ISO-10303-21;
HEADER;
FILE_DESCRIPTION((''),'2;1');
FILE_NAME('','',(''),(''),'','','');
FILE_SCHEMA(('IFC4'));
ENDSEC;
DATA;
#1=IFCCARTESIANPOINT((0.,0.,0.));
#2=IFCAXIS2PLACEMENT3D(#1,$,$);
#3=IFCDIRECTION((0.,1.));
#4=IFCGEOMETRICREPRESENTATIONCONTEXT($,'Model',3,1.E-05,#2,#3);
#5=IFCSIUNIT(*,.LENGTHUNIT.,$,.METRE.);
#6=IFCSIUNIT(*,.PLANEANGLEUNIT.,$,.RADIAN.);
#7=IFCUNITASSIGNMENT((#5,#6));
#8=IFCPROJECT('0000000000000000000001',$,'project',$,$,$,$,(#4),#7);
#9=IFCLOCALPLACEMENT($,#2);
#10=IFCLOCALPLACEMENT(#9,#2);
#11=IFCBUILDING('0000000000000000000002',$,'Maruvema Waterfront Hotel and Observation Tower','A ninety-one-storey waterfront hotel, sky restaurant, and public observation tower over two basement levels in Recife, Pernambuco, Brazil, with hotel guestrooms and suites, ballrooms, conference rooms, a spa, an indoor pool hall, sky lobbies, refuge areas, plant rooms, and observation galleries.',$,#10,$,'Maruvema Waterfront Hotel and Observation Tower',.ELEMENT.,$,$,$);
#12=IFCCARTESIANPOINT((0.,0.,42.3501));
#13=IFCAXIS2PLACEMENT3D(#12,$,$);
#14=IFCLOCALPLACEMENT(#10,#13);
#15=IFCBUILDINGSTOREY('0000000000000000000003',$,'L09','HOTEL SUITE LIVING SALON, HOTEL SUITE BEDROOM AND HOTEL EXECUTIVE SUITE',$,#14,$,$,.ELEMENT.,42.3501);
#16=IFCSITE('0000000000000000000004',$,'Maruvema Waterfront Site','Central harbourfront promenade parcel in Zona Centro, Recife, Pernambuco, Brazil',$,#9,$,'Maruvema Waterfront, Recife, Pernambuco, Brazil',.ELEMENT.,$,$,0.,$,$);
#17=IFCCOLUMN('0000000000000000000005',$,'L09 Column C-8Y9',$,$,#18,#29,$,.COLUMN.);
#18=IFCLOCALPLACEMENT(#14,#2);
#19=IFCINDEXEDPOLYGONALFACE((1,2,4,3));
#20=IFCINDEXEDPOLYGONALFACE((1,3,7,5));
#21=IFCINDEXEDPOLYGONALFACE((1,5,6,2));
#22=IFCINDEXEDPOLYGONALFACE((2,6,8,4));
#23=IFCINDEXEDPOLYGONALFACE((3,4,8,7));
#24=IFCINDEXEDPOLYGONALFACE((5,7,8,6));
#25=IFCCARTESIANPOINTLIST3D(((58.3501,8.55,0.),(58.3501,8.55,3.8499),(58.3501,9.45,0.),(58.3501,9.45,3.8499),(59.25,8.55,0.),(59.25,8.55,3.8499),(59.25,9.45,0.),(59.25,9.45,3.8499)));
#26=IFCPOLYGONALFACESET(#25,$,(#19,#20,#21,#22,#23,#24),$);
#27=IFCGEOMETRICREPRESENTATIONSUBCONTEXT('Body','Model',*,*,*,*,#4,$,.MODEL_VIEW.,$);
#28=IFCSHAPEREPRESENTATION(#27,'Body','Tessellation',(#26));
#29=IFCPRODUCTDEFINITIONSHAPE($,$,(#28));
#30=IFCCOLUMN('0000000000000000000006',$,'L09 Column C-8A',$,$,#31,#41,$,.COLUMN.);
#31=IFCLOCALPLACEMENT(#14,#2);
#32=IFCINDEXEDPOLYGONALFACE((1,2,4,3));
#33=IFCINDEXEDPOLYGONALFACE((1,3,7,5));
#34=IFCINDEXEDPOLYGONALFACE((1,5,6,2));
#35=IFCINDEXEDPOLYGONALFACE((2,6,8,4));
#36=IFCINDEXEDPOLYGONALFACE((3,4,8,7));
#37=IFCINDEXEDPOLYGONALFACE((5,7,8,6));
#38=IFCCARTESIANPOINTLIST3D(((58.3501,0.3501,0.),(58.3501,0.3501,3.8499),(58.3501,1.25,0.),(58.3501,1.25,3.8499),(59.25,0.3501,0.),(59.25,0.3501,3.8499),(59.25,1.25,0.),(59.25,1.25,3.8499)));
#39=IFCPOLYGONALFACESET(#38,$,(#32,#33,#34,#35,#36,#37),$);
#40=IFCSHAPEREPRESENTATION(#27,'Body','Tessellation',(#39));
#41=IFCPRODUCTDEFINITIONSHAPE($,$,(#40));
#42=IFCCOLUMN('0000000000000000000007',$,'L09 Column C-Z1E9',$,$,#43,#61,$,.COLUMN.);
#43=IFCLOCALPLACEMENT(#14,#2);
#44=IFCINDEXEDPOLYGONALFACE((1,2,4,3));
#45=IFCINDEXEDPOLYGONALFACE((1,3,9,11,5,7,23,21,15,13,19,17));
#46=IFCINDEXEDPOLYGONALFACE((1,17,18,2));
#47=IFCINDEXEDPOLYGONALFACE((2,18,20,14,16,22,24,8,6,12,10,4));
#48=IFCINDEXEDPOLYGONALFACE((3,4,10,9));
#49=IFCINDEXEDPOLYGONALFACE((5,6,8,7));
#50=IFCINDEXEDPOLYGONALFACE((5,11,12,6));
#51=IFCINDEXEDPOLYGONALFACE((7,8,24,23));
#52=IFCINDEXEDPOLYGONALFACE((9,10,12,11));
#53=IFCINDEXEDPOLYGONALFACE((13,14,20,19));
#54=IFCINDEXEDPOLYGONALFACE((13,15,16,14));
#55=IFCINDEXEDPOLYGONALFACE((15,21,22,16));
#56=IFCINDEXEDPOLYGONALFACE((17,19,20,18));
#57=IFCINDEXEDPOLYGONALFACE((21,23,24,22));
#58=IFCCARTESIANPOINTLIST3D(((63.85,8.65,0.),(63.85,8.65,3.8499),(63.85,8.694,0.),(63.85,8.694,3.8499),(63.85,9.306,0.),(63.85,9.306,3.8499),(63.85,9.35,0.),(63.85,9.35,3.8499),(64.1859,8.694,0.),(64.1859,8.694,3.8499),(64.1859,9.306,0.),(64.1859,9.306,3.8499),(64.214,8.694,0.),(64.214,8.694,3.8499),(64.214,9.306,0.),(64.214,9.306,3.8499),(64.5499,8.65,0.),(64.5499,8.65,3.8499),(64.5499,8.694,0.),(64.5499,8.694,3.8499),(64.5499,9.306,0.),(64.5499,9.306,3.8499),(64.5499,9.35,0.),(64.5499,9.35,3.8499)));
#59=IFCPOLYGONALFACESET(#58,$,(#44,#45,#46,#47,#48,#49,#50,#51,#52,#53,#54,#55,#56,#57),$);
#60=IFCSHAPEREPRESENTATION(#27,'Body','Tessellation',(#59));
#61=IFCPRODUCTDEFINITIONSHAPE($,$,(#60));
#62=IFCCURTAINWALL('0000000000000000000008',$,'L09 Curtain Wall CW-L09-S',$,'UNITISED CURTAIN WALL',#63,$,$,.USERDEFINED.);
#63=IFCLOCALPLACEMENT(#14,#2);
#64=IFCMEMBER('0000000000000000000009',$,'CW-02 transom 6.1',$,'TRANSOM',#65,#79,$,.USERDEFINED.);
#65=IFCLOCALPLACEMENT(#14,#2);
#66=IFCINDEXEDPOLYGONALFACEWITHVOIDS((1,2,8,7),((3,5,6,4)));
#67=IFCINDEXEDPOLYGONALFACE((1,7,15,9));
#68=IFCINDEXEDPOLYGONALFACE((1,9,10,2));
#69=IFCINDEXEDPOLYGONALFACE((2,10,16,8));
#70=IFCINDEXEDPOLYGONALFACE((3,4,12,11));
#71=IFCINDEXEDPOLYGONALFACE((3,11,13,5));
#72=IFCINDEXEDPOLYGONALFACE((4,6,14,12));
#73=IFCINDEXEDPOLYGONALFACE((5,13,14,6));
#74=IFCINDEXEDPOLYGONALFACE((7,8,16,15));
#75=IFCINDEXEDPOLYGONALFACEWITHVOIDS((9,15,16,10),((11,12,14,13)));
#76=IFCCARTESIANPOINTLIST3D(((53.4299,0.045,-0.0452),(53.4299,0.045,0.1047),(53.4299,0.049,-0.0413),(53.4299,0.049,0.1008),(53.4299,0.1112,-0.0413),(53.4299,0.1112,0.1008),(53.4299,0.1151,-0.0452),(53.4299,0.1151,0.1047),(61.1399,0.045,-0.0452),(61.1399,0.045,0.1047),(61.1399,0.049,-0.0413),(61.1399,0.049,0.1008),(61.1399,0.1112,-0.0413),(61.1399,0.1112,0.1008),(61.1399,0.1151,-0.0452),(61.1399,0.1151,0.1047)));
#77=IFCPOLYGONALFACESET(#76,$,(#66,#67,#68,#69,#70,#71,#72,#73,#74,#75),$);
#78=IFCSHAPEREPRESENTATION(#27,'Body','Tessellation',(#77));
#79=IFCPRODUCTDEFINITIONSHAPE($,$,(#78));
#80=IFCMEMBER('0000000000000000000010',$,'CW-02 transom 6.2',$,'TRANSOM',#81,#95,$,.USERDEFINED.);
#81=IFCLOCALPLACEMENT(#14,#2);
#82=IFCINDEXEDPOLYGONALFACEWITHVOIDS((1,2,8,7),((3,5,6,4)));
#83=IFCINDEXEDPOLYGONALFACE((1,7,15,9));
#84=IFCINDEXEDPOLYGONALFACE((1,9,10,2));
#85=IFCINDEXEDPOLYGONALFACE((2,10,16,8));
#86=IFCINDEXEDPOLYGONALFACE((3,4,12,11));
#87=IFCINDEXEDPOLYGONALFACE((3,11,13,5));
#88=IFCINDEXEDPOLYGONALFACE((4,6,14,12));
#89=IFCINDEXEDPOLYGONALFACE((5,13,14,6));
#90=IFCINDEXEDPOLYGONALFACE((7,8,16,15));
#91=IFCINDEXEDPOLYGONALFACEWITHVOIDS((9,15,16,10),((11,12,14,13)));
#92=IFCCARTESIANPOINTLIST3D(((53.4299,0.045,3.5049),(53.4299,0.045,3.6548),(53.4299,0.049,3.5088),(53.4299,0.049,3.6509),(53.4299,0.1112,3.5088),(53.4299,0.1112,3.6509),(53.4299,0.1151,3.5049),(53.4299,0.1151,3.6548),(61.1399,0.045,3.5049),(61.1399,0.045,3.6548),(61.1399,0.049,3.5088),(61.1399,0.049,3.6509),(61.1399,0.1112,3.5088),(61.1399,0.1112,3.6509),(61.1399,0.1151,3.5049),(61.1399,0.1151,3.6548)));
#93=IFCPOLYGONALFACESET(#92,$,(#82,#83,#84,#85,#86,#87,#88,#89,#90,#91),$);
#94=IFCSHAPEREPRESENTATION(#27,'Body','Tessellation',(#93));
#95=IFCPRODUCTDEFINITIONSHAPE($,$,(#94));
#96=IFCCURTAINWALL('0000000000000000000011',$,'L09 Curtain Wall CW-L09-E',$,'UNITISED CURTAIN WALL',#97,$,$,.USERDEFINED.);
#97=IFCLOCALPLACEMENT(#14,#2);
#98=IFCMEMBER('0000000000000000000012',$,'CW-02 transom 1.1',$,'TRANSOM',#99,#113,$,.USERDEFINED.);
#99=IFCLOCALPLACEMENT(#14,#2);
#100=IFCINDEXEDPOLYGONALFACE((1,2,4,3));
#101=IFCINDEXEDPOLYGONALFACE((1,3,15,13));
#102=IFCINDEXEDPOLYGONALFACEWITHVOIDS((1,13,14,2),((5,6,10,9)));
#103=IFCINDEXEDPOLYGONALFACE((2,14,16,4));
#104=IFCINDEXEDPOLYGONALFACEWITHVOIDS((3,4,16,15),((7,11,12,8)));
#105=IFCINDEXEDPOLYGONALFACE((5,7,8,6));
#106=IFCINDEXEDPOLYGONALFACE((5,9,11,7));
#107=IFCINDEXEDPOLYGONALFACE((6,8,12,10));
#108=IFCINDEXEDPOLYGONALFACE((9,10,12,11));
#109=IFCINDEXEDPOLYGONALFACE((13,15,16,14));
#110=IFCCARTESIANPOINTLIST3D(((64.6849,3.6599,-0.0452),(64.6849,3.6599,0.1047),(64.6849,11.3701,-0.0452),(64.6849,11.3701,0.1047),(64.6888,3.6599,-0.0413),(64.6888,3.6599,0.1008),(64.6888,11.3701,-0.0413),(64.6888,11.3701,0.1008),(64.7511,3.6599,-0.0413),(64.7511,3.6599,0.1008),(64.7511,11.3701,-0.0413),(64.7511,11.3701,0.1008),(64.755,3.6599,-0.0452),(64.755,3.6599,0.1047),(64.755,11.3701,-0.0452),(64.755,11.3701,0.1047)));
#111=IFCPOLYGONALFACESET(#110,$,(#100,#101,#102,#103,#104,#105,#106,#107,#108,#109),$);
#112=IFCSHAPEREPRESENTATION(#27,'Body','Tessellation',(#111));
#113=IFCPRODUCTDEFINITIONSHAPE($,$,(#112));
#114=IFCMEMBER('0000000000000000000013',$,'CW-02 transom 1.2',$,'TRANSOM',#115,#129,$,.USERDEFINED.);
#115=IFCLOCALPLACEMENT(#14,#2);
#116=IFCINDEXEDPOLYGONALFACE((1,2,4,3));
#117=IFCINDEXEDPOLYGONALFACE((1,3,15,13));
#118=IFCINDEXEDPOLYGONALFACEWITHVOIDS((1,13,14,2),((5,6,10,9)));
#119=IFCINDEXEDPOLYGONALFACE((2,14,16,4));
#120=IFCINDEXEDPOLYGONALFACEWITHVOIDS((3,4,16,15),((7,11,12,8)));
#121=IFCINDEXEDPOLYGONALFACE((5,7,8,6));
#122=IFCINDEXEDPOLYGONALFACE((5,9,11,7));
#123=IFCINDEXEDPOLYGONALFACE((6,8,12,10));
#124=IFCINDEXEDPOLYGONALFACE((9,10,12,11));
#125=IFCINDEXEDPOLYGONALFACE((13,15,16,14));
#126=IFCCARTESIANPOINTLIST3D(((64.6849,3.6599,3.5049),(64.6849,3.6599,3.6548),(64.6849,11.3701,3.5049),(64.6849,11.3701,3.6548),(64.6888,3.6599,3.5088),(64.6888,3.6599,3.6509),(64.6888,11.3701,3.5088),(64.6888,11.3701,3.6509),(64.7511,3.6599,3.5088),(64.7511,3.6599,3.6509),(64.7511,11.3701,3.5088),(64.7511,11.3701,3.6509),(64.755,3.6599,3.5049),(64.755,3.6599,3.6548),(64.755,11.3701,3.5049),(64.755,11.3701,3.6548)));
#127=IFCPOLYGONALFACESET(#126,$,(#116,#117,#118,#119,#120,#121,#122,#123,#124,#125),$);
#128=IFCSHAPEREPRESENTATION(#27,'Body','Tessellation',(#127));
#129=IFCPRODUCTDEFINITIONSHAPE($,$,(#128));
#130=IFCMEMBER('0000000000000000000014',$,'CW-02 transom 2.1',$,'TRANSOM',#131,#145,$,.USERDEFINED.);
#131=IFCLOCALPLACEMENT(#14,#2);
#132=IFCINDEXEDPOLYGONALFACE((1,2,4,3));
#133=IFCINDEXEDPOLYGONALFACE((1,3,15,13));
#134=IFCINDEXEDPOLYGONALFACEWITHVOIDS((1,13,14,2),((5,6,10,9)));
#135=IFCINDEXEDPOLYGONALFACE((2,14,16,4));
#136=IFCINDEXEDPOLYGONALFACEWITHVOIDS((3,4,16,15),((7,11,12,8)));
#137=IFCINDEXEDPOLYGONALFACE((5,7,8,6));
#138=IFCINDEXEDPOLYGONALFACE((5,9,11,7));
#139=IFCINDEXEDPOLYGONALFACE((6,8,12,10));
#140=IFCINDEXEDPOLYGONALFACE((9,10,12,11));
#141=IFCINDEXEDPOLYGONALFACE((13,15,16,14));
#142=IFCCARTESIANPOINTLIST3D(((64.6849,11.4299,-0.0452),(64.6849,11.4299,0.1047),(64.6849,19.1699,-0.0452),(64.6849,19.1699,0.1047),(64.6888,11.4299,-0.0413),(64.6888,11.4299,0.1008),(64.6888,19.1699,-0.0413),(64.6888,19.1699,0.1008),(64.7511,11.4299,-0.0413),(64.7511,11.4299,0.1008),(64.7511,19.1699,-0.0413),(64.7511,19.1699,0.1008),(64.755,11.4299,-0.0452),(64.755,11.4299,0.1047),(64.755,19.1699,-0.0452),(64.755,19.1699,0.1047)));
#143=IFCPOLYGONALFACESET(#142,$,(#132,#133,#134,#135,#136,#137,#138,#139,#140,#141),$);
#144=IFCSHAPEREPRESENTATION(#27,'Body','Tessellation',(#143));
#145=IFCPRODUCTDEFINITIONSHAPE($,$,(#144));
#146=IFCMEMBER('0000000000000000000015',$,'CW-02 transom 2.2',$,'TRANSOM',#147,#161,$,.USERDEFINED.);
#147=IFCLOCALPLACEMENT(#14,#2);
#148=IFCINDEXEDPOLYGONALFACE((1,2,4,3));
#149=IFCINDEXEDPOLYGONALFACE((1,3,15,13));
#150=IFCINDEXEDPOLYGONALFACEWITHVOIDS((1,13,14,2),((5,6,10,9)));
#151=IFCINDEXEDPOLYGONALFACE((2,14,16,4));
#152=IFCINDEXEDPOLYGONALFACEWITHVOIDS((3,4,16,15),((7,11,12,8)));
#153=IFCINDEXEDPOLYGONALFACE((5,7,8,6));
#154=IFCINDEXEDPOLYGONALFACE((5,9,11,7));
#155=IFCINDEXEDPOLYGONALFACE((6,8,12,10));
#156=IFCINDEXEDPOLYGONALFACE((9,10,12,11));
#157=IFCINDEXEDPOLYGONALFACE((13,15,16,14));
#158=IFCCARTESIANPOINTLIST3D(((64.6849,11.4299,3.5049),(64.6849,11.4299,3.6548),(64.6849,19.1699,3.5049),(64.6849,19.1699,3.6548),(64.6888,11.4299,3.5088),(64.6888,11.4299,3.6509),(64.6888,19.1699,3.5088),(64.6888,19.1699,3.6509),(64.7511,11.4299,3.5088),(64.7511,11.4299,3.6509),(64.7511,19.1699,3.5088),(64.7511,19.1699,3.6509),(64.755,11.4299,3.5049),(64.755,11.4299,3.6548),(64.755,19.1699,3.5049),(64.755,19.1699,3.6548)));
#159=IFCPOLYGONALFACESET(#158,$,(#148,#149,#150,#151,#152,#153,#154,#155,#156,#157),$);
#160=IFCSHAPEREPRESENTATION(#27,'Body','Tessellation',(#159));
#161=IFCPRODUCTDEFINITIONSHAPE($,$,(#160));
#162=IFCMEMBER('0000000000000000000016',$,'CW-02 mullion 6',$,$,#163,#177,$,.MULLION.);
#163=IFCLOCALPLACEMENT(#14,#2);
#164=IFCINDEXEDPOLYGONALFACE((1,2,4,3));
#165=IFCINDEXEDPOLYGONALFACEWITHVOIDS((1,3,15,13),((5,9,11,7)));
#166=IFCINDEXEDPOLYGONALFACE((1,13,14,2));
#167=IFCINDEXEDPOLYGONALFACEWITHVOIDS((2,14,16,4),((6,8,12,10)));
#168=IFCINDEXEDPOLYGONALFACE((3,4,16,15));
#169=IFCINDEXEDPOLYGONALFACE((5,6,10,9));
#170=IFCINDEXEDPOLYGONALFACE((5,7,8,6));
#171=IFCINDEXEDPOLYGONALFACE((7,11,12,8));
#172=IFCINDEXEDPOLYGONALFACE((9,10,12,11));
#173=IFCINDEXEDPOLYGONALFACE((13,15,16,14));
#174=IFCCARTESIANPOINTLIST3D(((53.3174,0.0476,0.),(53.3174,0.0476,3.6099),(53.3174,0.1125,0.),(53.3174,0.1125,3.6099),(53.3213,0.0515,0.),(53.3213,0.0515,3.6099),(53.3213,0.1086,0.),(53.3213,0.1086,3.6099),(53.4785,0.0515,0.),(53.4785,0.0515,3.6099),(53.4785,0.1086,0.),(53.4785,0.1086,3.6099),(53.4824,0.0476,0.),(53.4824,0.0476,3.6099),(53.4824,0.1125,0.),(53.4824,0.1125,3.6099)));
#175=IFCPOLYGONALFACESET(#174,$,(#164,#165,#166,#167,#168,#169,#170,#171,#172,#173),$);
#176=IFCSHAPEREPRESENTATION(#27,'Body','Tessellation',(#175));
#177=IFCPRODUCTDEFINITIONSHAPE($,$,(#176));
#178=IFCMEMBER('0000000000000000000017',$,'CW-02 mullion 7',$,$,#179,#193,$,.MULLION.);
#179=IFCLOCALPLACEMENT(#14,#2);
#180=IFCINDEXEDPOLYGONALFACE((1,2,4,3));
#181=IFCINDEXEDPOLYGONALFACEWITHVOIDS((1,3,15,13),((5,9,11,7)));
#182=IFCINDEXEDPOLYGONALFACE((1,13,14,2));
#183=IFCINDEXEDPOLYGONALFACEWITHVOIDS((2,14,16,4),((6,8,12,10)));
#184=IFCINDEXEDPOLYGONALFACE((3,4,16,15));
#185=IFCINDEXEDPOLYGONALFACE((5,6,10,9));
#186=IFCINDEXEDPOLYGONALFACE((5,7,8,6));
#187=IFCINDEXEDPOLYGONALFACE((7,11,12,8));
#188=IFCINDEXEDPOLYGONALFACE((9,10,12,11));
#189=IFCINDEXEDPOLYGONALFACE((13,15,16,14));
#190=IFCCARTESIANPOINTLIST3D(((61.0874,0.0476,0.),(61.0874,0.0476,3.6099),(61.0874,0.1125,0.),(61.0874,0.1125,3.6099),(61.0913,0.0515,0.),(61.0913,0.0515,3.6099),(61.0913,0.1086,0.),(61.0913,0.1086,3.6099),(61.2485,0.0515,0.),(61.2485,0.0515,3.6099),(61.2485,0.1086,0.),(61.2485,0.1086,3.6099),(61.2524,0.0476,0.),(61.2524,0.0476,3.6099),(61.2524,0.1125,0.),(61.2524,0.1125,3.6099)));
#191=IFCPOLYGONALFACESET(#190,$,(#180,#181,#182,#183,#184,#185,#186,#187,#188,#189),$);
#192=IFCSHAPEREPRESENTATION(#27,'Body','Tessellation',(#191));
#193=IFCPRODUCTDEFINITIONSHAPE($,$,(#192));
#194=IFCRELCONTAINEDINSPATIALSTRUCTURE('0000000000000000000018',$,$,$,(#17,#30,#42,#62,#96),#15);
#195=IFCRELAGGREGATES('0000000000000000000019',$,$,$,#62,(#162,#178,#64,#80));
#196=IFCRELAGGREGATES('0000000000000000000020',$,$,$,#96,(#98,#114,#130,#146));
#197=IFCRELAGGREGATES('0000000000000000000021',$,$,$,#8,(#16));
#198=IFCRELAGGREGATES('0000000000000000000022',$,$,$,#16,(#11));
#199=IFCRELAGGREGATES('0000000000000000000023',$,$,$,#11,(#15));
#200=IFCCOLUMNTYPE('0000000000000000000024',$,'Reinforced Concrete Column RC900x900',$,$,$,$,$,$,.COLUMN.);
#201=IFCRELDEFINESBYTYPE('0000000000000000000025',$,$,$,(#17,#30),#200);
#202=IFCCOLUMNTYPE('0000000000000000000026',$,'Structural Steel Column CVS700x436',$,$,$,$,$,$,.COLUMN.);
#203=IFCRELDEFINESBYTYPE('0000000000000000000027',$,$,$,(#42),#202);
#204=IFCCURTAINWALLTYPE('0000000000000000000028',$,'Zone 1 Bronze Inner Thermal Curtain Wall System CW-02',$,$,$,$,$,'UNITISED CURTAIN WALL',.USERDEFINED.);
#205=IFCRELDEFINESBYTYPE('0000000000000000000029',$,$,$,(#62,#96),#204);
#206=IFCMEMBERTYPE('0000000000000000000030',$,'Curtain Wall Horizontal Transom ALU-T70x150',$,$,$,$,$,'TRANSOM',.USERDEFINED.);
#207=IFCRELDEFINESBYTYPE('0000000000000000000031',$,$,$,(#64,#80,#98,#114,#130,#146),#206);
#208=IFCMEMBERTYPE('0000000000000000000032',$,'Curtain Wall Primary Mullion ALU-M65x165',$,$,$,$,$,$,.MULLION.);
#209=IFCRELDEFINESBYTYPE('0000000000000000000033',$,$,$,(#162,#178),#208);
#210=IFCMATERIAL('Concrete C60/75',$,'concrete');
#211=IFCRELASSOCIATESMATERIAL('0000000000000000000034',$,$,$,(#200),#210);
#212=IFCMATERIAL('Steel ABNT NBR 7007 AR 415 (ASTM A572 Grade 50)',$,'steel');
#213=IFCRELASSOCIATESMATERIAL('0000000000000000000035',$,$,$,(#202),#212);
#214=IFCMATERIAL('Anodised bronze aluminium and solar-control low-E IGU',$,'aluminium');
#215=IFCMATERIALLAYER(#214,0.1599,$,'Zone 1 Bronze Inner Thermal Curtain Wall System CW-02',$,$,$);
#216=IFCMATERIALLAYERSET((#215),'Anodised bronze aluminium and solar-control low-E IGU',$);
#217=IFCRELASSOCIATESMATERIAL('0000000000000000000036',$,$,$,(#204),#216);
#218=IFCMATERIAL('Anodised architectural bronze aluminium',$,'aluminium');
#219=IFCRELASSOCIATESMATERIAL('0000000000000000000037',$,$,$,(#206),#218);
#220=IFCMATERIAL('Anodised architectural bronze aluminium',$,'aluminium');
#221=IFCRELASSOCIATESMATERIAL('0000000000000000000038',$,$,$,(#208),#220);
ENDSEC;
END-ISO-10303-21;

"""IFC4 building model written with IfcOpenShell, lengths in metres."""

from ifc_helpers import new_model, si_unit, direction, frame, origin, origin_2d, place, context, subcontext, project, spatial, rectangle, hollow_rectangle, i_section, extrude, material, layer, layer_set, material_profile, profile_set, type_object, element, aggregate, save


model = new_model("IFC4")

# Units and contexts
model_context = context("Model", 3, precision=1e-05, world=origin(), true_north=direction((0.0, 1.0)))
body_context = subcontext(model_context, "Body", "Model", "MODEL_VIEW")
ifc_project = project(units=[si_unit("LENGTHUNIT", "METRE"), si_unit("PLANEANGLEUNIT", "RADIAN")], contexts=[model_context])

# Site, building, storey
site_placement = place(None, origin())
site = spatial("IfcSite", under=ifc_project, at=site_placement, Name="Maruvema Waterfront Site", Description="Central harbourfront promenade parcel in Zona Centro, Recife, Pernambuco, Brazil", LongName="Maruvema Waterfront, Recife, Pernambuco, Brazil", CompositionType="ELEMENT", RefElevation=0.0)
building_placement = place(site_placement, origin())
building = spatial("IfcBuilding", under=site, at=building_placement, Name="Maruvema Waterfront Hotel and Observation Tower", Description="A ninety-one-storey waterfront hotel, sky restaurant, and public observation tower over two basement levels in Recife, Pernambuco, Brazil, with hotel guestrooms and suites, ballrooms, conference rooms, a spa, an indoor pool hall, sky lobbies, refuge areas, plant rooms, and observation galleries.", LongName="Maruvema Waterfront Hotel and Observation Tower", CompositionType="ELEMENT")
storey_placement = place(building_placement, frame((0.0, 0.0, 42.3501)))
storey = spatial("IfcBuildingStorey", under=building, at=storey_placement, Name="L09", Description="HOTEL SUITE LIVING SALON, HOTEL SUITE BEDROOM AND HOTEL EXECUTIVE SUITE", CompositionType="ELEMENT", Elevation=42.3501)

# Columns
ifc_material_1 = material(Name="Concrete C60/75", Category="concrete")
ifc_material_profile_1 = material_profile(ifc_material_1, rectangle(XDim=0.8999, YDim=0.8999, at=origin_2d()), Name="RC900x900")
ifc_profile_set_1 = profile_set([ifc_material_profile_1], Name="Concrete C60/75")
column_type_1 = type_object("IfcColumnType", Name="Reinforced Concrete Column RC900x900", PredefinedType="COLUMN", material=ifc_profile_set_1)
for number, where, z_axis, x_axis, name in (
    (1, (58.8, 9.0, 0.0), (0.0, 0.0, 1.0), (1.0, 0.0, 0.0), "L09 Column C-8Y9"),
    (2, (58.8, 0.8, 0.0), (0.0, 0.0, 1.0), (1.0, 0.0, 0.0), "L09 Column C-8A"),
):
    element("IfcColumn", number, at=place(storey_placement, frame(where, z_axis=z_axis, x_axis=x_axis)), inside=storey, type_object=column_type_1, Name=name, PredefinedType="COLUMN", context=body_context, shape_type="SweptSolid", body=[
        extrude(rectangle(XDim=0.8999, YDim=0.8999, at=origin_2d()), origin(), (0.0, 0.0, 1.0), 3.8499),
    ])
ifc_material_2 = material(Name="Steel ABNT NBR 7007 AR 415 (ASTM A572 Grade 50)", Category="steel")
ifc_material_profile_2 = material_profile(ifc_material_2, i_section(OverallWidth=0.7, OverallDepth=0.7, WebThickness=0.0281, FlangeThickness=0.0439, at=origin_2d()), Name="CVS700x436")
ifc_profile_set_2 = profile_set([ifc_material_profile_2], Name="Steel ABNT NBR 7007 AR 415 (ASTM A572 Grade 50)")
column_type_2 = type_object("IfcColumnType", Name="Structural Steel Column CVS700x436", PredefinedType="COLUMN", material=ifc_profile_set_2)
column_placement = place(storey_placement, frame((64.2, 9.0, 0.0), z_axis=(0.0, 0.0, 1.0), x_axis=(1.0, 0.0, 0.0)))
element("IfcColumn", 3, at=column_placement, inside=storey, type_object=column_type_2, Name="L09 Column C-Z1E9", PredefinedType="COLUMN", context=body_context, shape_type="SweptSolid", body=[
    extrude(i_section(OverallWidth=0.7, OverallDepth=0.7, WebThickness=0.0281, FlangeThickness=0.0439, at=origin_2d()), origin(), (0.0, 0.0, 1.0), 3.8499),
])

# Curtain walls, members
ifc_material_3 = material(Name="Anodised bronze aluminium and solar-control low-E IGU", Category="aluminium")
ifc_layer_1 = layer(ifc_material_3, 0.1599, Name="Zone 1 Bronze Inner Thermal Curtain Wall System CW-02")
ifc_layer_set_1 = layer_set([ifc_layer_1], Name="Anodised bronze aluminium and solar-control low-E IGU")
curtain_wall_type = type_object("IfcCurtainWallType", Name="Zone 1 Bronze Inner Thermal Curtain Wall System CW-02", ElementType="UNITISED CURTAIN WALL", PredefinedType="USERDEFINED", material=ifc_layer_set_1)
curtain_wall_1_placement = place(storey_placement, origin())
curtain_wall_1 = element("IfcCurtainWall", 4, at=curtain_wall_1_placement, inside=storey, type_object=curtain_wall_type, Name="L09 Curtain Wall CW-L09-S", ObjectType="UNITISED CURTAIN WALL", PredefinedType="USERDEFINED")
ifc_material_4 = material(Name="Anodised architectural bronze aluminium", Category="aluminium")
ifc_material_profile_3 = material_profile(ifc_material_4, hollow_rectangle(XDim=0.0701, YDim=0.1499, WallThickness=0.0039, at=origin_2d()), Name="ALU-T70x150")
ifc_profile_set_3 = profile_set([ifc_material_profile_3], Name="Anodised architectural bronze aluminium")
member_type_1 = type_object("IfcMemberType", Name="Curtain Wall Horizontal Transom ALU-T70x150", ElementType="TRANSOM", PredefinedType="USERDEFINED", material=ifc_profile_set_3)
member_1_placement = place(storey_placement, frame((53.4299, 0.0801, 0.0298), z_axis=(1.0, 0.0, 0.0), x_axis=(0.0, 1.0, 0.0)))
member_1 = element("IfcMember", 5, at=member_1_placement, type_object=member_type_1, Name="CW-02 transom 6.1", ObjectType="TRANSOM", PredefinedType="USERDEFINED", context=body_context, shape_type="SweptSolid", body=[
    extrude(hollow_rectangle(XDim=0.0701, YDim=0.1499, WallThickness=0.0039, at=origin_2d()), origin(), (0.0, 0.0, 1.0), 7.71),
])
member_2_placement = place(storey_placement, frame((53.4299, 0.0801, 3.5798), z_axis=(1.0, 0.0, 0.0), x_axis=(0.0, 1.0, 0.0)))
member_2 = element("IfcMember", 6, at=member_2_placement, type_object=member_type_1, Name="CW-02 transom 6.2", ObjectType="TRANSOM", PredefinedType="USERDEFINED", context=body_context, shape_type="SweptSolid", body=[
    extrude(hollow_rectangle(XDim=0.0701, YDim=0.1499, WallThickness=0.0039, at=origin_2d()), origin(), (0.0, 0.0, 1.0), 7.71),
])
curtain_wall_2_placement = place(storey_placement, origin())
curtain_wall_2 = element("IfcCurtainWall", 7, at=curtain_wall_2_placement, inside=storey, type_object=curtain_wall_type, Name="L09 Curtain Wall CW-L09-E", ObjectType="UNITISED CURTAIN WALL", PredefinedType="USERDEFINED")
member_3_placement = place(storey_placement, frame((64.72, 3.6599, 0.0298), z_axis=(0.0, 1.0, 0.0), x_axis=(-1.0, 0.0, 0.0)))
member_3 = element("IfcMember", 8, at=member_3_placement, type_object=member_type_1, Name="CW-02 transom 1.1", ObjectType="TRANSOM", PredefinedType="USERDEFINED", context=body_context, shape_type="SweptSolid", body=[
    extrude(hollow_rectangle(XDim=0.0701, YDim=0.1499, WallThickness=0.0039, at=origin_2d()), origin(), (0.0, 0.0, 1.0), 7.7102),
])
member_4_placement = place(storey_placement, frame((64.72, 3.6599, 3.5798), z_axis=(0.0, 1.0, 0.0), x_axis=(-1.0, 0.0, 0.0)))
member_4 = element("IfcMember", 9, at=member_4_placement, type_object=member_type_1, Name="CW-02 transom 1.2", ObjectType="TRANSOM", PredefinedType="USERDEFINED", context=body_context, shape_type="SweptSolid", body=[
    extrude(hollow_rectangle(XDim=0.0701, YDim=0.1499, WallThickness=0.0039, at=origin_2d()), origin(), (0.0, 0.0, 1.0), 7.7102),
])
member_5_placement = place(storey_placement, frame((64.72, 11.4299, 0.0298), z_axis=(0.0, 1.0, 0.0), x_axis=(-1.0, 0.0, 0.0)))
member_5 = element("IfcMember", 10, at=member_5_placement, type_object=member_type_1, Name="CW-02 transom 2.1", ObjectType="TRANSOM", PredefinedType="USERDEFINED", context=body_context, shape_type="SweptSolid", body=[
    extrude(hollow_rectangle(XDim=0.0701, YDim=0.1499, WallThickness=0.0039, at=origin_2d()), origin(), (0.0, 0.0, 1.0), 7.74),
])
member_6_placement = place(storey_placement, frame((64.72, 11.4299, 3.5798), z_axis=(0.0, 1.0, 0.0), x_axis=(-1.0, 0.0, 0.0)))
member_6 = element("IfcMember", 11, at=member_6_placement, type_object=member_type_1, Name="CW-02 transom 2.2", ObjectType="TRANSOM", PredefinedType="USERDEFINED", context=body_context, shape_type="SweptSolid", body=[
    extrude(hollow_rectangle(XDim=0.0701, YDim=0.1499, WallThickness=0.0039, at=origin_2d()), origin(), (0.0, 0.0, 1.0), 7.74),
])

# Members
ifc_material_5 = material(Name="Anodised architectural bronze aluminium", Category="aluminium")
ifc_material_profile_4 = material_profile(ifc_material_5, hollow_rectangle(XDim=0.0649, YDim=0.165, WallThickness=0.0039, at=origin_2d()), Name="ALU-M65x165")
ifc_profile_set_4 = profile_set([ifc_material_profile_4], Name="Anodised architectural bronze aluminium")
member_type_2 = type_object("IfcMemberType", Name="Curtain Wall Primary Mullion ALU-M65x165", PredefinedType="MULLION", material=ifc_profile_set_4)
member_7_placement = place(storey_placement, frame((53.3999, 0.0801, 0.0), z_axis=(0.0, 0.0, 1.0), x_axis=(0.0, 1.0, 0.0)))
member_7 = element("IfcMember", 12, at=member_7_placement, type_object=member_type_2, Name="CW-02 mullion 6", PredefinedType="MULLION", context=body_context, shape_type="SweptSolid", body=[
    extrude(hollow_rectangle(XDim=0.0649, YDim=0.165, WallThickness=0.0039, at=origin_2d()), origin(), (0.0, 0.0, 1.0), 3.6099),
])
member_8_placement = place(storey_placement, frame((61.1699, 0.0801, 0.0), z_axis=(0.0, 0.0, 1.0), x_axis=(0.0, 1.0, 0.0)))
member_8 = element("IfcMember", 13, at=member_8_placement, type_object=member_type_2, Name="CW-02 mullion 7", PredefinedType="MULLION", context=body_context, shape_type="SweptSolid", body=[
    extrude(hollow_rectangle(XDim=0.0649, YDim=0.165, WallThickness=0.0039, at=origin_2d()), origin(), (0.0, 0.0, 1.0), 3.6099),
])

aggregate(curtain_wall_1, [member_7, member_8, member_1, member_2])
aggregate(curtain_wall_2, [member_3, member_4, member_5, member_6])

save(model, "model.ifc")
